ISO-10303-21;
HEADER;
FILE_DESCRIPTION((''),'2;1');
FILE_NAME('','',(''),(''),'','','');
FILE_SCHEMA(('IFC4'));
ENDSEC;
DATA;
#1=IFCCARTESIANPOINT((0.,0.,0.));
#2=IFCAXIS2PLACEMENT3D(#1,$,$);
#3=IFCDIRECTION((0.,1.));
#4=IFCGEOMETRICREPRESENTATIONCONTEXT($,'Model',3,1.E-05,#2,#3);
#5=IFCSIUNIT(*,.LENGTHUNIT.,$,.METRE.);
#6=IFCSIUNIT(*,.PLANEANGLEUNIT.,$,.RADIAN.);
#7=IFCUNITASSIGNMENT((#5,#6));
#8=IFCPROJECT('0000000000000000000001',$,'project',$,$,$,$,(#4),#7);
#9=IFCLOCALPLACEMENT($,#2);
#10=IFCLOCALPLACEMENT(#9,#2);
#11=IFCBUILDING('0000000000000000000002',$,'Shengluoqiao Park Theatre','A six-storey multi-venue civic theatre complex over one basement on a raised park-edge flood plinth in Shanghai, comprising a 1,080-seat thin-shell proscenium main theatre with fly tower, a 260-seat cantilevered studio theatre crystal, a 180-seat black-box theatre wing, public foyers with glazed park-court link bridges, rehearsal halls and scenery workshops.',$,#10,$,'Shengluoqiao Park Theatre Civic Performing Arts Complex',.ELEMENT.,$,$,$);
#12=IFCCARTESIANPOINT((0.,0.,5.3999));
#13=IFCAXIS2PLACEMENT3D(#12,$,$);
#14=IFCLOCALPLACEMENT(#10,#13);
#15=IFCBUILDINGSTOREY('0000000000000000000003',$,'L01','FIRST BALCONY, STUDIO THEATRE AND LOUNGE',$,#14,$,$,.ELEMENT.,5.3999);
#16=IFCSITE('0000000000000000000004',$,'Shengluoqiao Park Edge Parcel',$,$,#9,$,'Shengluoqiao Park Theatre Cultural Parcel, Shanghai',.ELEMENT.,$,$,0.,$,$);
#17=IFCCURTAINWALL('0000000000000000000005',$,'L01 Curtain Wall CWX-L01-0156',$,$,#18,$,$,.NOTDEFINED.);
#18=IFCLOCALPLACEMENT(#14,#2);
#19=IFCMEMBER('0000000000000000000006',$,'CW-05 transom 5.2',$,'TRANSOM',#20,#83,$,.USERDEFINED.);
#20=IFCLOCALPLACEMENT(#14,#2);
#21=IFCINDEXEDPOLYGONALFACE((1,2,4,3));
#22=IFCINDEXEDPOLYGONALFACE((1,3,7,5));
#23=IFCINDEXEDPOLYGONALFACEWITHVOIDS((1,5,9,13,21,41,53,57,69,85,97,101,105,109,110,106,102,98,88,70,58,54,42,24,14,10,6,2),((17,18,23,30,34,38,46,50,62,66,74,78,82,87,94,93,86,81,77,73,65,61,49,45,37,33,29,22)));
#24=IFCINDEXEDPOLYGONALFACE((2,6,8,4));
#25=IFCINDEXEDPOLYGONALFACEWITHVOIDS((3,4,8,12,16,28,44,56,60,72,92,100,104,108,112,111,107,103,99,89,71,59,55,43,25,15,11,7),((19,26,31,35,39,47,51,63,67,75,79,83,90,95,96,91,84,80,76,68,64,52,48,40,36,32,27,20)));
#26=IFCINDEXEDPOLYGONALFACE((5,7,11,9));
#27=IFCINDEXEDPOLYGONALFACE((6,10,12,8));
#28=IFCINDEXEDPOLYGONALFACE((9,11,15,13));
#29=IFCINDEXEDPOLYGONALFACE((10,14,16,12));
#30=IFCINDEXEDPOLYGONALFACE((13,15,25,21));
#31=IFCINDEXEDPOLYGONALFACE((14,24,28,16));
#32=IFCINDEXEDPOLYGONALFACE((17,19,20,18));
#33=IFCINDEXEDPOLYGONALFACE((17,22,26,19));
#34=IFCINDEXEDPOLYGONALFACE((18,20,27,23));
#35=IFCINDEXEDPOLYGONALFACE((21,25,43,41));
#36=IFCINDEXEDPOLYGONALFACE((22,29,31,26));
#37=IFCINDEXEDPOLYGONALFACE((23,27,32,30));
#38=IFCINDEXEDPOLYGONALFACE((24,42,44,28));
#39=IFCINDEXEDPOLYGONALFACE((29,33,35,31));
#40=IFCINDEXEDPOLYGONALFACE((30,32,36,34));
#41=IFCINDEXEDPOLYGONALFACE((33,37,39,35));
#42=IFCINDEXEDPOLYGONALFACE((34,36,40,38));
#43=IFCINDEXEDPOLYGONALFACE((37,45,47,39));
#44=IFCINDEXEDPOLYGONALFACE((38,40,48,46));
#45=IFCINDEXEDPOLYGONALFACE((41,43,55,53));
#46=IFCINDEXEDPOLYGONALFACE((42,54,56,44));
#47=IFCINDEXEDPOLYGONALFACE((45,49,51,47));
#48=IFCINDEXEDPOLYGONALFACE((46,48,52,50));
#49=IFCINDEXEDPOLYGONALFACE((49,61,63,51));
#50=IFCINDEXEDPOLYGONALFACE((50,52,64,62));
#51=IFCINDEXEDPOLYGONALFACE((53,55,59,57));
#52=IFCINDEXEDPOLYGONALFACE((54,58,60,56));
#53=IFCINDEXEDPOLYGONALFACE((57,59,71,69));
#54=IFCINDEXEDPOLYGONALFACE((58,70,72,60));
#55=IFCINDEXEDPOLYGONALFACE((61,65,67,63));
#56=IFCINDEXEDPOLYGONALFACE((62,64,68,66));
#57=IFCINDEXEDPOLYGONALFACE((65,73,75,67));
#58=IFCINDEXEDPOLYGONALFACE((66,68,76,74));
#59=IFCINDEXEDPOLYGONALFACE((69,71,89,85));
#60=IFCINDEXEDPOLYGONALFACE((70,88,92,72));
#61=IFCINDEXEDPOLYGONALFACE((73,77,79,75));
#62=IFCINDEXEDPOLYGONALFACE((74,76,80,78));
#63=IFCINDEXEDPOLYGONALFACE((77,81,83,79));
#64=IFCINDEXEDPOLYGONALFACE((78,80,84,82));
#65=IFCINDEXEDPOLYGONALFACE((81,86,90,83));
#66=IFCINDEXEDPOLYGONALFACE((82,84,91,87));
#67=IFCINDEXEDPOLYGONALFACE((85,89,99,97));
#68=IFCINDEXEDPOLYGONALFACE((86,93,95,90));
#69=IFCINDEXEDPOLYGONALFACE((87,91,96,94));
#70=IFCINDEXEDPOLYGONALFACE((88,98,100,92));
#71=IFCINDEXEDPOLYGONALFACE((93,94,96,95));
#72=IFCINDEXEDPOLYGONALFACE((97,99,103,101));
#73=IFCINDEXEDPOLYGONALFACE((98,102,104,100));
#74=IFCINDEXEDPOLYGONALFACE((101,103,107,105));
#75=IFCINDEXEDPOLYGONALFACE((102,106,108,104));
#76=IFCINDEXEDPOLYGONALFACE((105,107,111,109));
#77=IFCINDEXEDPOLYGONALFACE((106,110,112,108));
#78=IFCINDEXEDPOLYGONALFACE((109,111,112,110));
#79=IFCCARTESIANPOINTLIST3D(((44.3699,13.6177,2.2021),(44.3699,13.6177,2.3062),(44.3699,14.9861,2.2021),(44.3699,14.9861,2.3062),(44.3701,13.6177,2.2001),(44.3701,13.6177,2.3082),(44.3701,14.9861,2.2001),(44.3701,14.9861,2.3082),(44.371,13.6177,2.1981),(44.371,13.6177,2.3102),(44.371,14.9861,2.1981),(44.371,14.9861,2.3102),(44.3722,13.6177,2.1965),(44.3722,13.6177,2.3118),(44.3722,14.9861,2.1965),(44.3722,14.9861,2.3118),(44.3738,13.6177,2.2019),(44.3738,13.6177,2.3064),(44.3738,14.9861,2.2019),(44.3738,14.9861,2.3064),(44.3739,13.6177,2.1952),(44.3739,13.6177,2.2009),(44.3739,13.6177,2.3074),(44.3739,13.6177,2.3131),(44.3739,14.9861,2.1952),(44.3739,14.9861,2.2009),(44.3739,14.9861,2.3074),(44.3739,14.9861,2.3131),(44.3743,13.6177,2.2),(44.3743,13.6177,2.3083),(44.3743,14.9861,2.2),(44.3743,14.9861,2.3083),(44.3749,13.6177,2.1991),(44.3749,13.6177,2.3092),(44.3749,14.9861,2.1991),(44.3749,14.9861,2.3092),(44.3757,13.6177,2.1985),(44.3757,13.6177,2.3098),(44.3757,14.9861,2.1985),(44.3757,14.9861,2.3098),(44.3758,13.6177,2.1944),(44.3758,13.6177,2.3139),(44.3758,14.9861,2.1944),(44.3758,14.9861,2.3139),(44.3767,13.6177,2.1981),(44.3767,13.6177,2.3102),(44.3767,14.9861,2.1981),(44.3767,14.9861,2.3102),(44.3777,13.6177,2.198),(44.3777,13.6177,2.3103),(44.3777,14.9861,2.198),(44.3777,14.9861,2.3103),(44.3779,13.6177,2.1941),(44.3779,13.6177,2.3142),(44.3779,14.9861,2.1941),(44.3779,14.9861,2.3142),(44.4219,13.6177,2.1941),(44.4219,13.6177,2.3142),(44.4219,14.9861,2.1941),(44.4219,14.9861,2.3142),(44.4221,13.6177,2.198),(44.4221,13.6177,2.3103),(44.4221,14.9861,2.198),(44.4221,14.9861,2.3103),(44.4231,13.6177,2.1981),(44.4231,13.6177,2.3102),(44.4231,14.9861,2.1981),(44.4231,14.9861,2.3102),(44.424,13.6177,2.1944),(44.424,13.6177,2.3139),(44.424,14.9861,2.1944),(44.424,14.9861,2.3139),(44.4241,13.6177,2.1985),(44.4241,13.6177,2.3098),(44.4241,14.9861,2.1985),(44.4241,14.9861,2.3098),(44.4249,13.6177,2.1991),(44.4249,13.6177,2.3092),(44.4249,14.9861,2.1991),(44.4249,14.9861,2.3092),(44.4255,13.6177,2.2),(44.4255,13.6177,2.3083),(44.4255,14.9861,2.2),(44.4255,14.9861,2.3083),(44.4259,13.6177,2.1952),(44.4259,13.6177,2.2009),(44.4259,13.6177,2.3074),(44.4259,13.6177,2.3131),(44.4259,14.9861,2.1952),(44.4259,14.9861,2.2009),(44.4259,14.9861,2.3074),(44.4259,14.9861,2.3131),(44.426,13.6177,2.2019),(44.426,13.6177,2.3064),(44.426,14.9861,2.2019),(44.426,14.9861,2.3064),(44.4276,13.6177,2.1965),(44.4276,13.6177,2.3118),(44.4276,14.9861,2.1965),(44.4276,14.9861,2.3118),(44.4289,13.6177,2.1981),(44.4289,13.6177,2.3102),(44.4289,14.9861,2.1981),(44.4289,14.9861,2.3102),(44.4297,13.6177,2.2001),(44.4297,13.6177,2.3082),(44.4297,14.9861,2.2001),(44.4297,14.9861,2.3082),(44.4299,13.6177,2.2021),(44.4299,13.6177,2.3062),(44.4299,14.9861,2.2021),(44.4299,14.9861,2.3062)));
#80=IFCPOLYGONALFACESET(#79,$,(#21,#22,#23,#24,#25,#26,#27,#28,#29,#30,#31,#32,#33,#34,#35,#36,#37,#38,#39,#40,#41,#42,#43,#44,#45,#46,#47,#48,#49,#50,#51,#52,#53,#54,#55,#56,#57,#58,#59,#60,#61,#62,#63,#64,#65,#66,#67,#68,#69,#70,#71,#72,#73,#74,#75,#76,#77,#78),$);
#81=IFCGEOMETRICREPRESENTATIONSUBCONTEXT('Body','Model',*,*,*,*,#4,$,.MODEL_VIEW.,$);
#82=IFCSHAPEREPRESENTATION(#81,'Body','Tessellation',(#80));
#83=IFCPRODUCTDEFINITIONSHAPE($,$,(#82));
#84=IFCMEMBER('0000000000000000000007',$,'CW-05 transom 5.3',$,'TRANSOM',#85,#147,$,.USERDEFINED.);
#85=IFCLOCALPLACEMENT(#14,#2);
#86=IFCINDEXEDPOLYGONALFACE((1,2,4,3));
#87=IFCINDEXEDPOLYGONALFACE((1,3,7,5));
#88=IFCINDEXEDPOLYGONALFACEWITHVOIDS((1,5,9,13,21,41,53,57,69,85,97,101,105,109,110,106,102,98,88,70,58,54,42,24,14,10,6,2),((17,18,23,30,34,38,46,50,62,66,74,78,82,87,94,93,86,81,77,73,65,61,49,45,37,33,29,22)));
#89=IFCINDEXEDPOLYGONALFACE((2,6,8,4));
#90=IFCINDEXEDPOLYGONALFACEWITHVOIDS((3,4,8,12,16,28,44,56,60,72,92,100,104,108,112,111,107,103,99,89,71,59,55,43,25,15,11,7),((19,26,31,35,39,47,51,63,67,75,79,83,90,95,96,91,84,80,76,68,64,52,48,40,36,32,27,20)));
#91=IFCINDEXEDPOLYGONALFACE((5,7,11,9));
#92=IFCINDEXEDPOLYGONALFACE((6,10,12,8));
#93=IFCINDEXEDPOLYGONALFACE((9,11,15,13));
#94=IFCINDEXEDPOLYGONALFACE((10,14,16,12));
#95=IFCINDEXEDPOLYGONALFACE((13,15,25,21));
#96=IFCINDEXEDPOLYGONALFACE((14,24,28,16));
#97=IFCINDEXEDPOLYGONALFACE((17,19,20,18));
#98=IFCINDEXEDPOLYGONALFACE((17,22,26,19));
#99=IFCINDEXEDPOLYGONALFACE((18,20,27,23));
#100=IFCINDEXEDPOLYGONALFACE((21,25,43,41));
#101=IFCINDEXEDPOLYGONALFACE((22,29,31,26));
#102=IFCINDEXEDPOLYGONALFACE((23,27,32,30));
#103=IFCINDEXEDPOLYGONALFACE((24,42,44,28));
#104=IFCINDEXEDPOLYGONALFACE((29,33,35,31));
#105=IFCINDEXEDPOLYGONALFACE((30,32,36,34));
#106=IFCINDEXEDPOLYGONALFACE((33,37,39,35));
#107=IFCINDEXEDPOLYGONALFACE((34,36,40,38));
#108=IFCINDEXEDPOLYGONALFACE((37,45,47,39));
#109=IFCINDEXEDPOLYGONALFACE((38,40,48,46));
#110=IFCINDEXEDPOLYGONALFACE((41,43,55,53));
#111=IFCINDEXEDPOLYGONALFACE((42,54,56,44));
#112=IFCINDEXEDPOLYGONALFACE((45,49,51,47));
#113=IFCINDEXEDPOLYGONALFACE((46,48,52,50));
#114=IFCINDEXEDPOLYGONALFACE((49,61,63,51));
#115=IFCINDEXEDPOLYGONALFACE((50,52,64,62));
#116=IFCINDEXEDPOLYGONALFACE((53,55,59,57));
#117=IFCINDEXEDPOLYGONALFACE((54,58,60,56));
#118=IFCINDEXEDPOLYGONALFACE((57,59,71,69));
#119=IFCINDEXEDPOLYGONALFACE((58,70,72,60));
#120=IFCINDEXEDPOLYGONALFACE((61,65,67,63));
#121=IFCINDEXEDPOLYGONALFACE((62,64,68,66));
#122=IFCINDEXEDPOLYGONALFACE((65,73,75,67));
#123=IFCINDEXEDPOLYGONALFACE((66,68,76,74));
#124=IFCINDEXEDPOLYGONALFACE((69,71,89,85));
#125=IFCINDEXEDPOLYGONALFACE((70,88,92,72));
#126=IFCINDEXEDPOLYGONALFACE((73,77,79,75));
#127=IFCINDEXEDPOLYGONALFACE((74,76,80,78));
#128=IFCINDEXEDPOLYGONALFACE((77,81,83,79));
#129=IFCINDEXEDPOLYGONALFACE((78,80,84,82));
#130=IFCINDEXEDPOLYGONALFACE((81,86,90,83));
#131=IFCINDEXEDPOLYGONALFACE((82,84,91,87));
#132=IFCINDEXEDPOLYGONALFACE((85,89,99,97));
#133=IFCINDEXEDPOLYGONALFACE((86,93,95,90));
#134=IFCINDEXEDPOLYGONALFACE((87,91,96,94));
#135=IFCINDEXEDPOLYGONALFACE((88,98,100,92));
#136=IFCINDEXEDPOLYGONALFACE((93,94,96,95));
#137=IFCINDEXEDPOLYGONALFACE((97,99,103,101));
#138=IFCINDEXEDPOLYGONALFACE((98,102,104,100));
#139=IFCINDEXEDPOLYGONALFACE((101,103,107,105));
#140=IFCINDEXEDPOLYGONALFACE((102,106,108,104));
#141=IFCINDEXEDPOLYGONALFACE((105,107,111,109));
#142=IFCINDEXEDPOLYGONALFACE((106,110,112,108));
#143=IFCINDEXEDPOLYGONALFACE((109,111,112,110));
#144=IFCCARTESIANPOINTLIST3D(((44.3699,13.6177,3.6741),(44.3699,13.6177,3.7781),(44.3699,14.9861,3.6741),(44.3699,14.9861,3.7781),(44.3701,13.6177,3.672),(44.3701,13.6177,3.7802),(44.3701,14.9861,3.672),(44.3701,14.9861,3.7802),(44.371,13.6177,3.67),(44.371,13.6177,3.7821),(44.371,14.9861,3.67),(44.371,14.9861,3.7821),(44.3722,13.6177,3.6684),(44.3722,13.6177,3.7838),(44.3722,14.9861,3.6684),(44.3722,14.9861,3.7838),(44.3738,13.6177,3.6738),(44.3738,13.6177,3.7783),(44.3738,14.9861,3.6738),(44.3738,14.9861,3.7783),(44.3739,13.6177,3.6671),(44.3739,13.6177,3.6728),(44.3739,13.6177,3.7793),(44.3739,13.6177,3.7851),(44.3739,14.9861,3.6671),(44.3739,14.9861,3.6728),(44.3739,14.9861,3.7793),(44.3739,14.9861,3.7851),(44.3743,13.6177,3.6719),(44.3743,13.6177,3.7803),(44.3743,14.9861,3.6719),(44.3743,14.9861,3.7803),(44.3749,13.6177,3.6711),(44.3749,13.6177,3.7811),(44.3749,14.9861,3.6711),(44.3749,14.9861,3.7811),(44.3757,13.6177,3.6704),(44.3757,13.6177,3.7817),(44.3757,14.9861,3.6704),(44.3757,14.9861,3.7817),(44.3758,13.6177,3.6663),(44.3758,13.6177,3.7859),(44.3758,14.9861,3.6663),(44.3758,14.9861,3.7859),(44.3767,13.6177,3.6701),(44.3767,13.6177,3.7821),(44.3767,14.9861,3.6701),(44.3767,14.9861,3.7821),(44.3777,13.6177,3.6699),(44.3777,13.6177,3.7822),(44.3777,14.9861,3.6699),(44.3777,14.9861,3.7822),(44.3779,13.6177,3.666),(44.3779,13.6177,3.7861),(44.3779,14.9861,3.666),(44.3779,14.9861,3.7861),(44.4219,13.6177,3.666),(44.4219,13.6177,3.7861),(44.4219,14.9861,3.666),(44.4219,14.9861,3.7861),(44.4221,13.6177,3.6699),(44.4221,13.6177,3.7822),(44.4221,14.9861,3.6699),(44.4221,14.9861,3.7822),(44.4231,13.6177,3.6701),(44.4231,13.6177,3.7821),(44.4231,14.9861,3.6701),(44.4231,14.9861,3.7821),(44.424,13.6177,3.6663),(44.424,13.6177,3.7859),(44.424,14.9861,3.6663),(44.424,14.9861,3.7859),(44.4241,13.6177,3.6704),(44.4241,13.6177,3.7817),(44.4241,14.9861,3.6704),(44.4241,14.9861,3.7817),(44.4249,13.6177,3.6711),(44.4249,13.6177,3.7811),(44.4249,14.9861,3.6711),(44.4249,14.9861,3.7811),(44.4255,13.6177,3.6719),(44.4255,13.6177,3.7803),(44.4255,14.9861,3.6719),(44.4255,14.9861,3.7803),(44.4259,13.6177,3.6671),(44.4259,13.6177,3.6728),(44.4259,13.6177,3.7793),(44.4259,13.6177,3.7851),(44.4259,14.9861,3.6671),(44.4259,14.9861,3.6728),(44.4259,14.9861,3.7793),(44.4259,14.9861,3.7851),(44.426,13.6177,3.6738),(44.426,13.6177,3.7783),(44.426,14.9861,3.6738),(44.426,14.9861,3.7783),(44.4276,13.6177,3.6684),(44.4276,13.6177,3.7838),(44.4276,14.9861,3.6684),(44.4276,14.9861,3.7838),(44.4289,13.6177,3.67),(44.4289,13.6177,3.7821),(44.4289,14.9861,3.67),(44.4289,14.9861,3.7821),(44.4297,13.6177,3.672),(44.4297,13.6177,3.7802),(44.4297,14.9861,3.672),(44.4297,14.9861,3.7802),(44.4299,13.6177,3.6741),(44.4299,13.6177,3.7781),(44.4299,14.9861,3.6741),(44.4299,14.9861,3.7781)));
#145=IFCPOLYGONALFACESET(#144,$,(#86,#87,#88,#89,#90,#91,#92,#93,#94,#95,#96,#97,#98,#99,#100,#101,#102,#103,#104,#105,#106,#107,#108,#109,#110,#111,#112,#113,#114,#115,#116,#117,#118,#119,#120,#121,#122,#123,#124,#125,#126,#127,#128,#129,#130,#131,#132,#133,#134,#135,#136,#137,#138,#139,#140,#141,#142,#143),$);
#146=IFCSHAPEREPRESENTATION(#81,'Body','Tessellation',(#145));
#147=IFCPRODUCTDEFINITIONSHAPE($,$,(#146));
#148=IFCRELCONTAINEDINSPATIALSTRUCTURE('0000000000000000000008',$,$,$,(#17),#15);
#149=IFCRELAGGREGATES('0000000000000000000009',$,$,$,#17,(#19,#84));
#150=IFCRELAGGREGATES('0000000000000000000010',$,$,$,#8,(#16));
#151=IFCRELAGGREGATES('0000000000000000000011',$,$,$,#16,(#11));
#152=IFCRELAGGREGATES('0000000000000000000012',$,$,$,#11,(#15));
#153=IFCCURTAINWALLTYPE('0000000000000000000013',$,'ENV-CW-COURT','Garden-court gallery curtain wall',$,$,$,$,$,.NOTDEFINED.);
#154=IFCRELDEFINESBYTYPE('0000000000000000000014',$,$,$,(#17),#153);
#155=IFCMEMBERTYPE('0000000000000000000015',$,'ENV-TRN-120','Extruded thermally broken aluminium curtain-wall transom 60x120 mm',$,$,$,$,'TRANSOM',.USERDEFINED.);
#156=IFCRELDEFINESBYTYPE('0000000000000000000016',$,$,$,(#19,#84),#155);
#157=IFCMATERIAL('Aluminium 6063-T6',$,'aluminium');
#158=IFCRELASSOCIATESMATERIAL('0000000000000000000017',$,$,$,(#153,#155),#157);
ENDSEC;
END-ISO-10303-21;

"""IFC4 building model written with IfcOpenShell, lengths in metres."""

from ifc_helpers import new_model, si_unit, direction, frame, origin, origin_2d, place, context, subcontext, project, spatial, hollow_rectangle, extrude, material, material_profile, profile_set, type_object, element, aggregate, save


model = new_model("IFC4")

# Units and contexts
model_context = context("Model", 3, precision=1e-05, world=origin(), true_north=direction((0.0, 1.0)))
body_context = subcontext(model_context, "Body", "Model", "MODEL_VIEW")
ifc_project = project(units=[si_unit("LENGTHUNIT", "METRE"), si_unit("PLANEANGLEUNIT", "RADIAN")], contexts=[model_context])

# Site, building, storey
site_placement = place(None, origin())
site = spatial("IfcSite", under=ifc_project, at=site_placement, Name="Shengluoqiao Park Edge Parcel", LongName="Shengluoqiao Park Theatre Cultural Parcel, Shanghai", CompositionType="ELEMENT", RefElevation=0.0)
building_placement = place(site_placement, origin())
building = spatial("IfcBuilding", under=site, at=building_placement, Name="Shengluoqiao Park Theatre", Description="A six-storey multi-venue civic theatre complex over one basement on a raised park-edge flood plinth in Shanghai, comprising a 1,080-seat thin-shell proscenium main theatre with fly tower, a 260-seat cantilevered studio theatre crystal, a 180-seat black-box theatre wing, public foyers with glazed park-court link bridges, rehearsal halls and scenery workshops.", LongName="Shengluoqiao Park Theatre Civic Performing Arts Complex", CompositionType="ELEMENT")
storey_placement = place(building_placement, frame((0.0, 0.0, 5.3999)))
storey = spatial("IfcBuildingStorey", under=building, at=storey_placement, Name="L01", Description="FIRST BALCONY, STUDIO THEATRE AND LOUNGE", CompositionType="ELEMENT", Elevation=5.3999)

# Curtain wall
ifc_material_1 = material(Name="Aluminium 6063-T6", Category="aluminium")
curtain_wall_type = type_object("IfcCurtainWallType", Name="ENV-CW-COURT", Description="Garden-court gallery curtain wall", PredefinedType="NOTDEFINED", material=ifc_material_1)
curtain_wall_1_placement = place(storey_placement, origin())
curtain_wall_1 = element("IfcCurtainWall", 1, at=curtain_wall_1_placement, inside=storey, type_object=curtain_wall_type, Name="L01 Curtain Wall CWX-L01-0156", PredefinedType="NOTDEFINED")

# Members
ifc_material_profile_1 = material_profile(ifc_material_1, hollow_rectangle(XDim=0.0601, YDim=0.1201, WallThickness=0.0039, InnerFilletRadius=0.0039, OuterFilletRadius=0.0081, at=origin_2d()), Name="ALU TRANSOM 120x60x4")
ifc_profile_set_1 = profile_set([ifc_material_profile_1], Name="Aluminium 6063-T6")
member_type_1 = type_object("IfcMemberType", Name="ENV-TRN-120", Description="Extruded thermally broken aluminium curtain-wall transom 60x120 mm", ElementType="TRANSOM", PredefinedType="USERDEFINED", material=ifc_profile_set_1)
member_1_placement = place(storey_placement, frame((44.3999, 13.6177, 2.2542), z_axis=(0.0, 1.0, 0.0), x_axis=(-1.0, 0.0, 0.0)))
member_1 = element("IfcMember", 2, at=member_1_placement, type_object=member_type_1, Name="CW-05 transom 5.2", ObjectType="TRANSOM", PredefinedType="USERDEFINED", context=body_context, shape_type="SweptSolid", body=[
    extrude(hollow_rectangle(XDim=0.0601, YDim=0.1201, WallThickness=0.0039, InnerFilletRadius=0.0039, OuterFilletRadius=0.0081, at=origin_2d()), origin(), (0.0, 0.0, 1.0), 1.3684),
])
member_2_placement = place(storey_placement, frame((44.3999, 13.6177, 3.7261), z_axis=(0.0, 1.0, 0.0), x_axis=(-1.0, 0.0, 0.0)))
member_2 = element("IfcMember", 3, at=member_2_placement, type_object=member_type_1, Name="CW-05 transom 5.3", ObjectType="TRANSOM", PredefinedType="USERDEFINED", context=body_context, shape_type="SweptSolid", body=[
    extrude(hollow_rectangle(XDim=0.0601, YDim=0.1201, WallThickness=0.0039, InnerFilletRadius=0.0039, OuterFilletRadius=0.0081, at=origin_2d()), origin(), (0.0, 0.0, 1.0), 1.3684),
])

aggregate(curtain_wall_1, [member_1, member_2])

save(model, "model.ifc")
